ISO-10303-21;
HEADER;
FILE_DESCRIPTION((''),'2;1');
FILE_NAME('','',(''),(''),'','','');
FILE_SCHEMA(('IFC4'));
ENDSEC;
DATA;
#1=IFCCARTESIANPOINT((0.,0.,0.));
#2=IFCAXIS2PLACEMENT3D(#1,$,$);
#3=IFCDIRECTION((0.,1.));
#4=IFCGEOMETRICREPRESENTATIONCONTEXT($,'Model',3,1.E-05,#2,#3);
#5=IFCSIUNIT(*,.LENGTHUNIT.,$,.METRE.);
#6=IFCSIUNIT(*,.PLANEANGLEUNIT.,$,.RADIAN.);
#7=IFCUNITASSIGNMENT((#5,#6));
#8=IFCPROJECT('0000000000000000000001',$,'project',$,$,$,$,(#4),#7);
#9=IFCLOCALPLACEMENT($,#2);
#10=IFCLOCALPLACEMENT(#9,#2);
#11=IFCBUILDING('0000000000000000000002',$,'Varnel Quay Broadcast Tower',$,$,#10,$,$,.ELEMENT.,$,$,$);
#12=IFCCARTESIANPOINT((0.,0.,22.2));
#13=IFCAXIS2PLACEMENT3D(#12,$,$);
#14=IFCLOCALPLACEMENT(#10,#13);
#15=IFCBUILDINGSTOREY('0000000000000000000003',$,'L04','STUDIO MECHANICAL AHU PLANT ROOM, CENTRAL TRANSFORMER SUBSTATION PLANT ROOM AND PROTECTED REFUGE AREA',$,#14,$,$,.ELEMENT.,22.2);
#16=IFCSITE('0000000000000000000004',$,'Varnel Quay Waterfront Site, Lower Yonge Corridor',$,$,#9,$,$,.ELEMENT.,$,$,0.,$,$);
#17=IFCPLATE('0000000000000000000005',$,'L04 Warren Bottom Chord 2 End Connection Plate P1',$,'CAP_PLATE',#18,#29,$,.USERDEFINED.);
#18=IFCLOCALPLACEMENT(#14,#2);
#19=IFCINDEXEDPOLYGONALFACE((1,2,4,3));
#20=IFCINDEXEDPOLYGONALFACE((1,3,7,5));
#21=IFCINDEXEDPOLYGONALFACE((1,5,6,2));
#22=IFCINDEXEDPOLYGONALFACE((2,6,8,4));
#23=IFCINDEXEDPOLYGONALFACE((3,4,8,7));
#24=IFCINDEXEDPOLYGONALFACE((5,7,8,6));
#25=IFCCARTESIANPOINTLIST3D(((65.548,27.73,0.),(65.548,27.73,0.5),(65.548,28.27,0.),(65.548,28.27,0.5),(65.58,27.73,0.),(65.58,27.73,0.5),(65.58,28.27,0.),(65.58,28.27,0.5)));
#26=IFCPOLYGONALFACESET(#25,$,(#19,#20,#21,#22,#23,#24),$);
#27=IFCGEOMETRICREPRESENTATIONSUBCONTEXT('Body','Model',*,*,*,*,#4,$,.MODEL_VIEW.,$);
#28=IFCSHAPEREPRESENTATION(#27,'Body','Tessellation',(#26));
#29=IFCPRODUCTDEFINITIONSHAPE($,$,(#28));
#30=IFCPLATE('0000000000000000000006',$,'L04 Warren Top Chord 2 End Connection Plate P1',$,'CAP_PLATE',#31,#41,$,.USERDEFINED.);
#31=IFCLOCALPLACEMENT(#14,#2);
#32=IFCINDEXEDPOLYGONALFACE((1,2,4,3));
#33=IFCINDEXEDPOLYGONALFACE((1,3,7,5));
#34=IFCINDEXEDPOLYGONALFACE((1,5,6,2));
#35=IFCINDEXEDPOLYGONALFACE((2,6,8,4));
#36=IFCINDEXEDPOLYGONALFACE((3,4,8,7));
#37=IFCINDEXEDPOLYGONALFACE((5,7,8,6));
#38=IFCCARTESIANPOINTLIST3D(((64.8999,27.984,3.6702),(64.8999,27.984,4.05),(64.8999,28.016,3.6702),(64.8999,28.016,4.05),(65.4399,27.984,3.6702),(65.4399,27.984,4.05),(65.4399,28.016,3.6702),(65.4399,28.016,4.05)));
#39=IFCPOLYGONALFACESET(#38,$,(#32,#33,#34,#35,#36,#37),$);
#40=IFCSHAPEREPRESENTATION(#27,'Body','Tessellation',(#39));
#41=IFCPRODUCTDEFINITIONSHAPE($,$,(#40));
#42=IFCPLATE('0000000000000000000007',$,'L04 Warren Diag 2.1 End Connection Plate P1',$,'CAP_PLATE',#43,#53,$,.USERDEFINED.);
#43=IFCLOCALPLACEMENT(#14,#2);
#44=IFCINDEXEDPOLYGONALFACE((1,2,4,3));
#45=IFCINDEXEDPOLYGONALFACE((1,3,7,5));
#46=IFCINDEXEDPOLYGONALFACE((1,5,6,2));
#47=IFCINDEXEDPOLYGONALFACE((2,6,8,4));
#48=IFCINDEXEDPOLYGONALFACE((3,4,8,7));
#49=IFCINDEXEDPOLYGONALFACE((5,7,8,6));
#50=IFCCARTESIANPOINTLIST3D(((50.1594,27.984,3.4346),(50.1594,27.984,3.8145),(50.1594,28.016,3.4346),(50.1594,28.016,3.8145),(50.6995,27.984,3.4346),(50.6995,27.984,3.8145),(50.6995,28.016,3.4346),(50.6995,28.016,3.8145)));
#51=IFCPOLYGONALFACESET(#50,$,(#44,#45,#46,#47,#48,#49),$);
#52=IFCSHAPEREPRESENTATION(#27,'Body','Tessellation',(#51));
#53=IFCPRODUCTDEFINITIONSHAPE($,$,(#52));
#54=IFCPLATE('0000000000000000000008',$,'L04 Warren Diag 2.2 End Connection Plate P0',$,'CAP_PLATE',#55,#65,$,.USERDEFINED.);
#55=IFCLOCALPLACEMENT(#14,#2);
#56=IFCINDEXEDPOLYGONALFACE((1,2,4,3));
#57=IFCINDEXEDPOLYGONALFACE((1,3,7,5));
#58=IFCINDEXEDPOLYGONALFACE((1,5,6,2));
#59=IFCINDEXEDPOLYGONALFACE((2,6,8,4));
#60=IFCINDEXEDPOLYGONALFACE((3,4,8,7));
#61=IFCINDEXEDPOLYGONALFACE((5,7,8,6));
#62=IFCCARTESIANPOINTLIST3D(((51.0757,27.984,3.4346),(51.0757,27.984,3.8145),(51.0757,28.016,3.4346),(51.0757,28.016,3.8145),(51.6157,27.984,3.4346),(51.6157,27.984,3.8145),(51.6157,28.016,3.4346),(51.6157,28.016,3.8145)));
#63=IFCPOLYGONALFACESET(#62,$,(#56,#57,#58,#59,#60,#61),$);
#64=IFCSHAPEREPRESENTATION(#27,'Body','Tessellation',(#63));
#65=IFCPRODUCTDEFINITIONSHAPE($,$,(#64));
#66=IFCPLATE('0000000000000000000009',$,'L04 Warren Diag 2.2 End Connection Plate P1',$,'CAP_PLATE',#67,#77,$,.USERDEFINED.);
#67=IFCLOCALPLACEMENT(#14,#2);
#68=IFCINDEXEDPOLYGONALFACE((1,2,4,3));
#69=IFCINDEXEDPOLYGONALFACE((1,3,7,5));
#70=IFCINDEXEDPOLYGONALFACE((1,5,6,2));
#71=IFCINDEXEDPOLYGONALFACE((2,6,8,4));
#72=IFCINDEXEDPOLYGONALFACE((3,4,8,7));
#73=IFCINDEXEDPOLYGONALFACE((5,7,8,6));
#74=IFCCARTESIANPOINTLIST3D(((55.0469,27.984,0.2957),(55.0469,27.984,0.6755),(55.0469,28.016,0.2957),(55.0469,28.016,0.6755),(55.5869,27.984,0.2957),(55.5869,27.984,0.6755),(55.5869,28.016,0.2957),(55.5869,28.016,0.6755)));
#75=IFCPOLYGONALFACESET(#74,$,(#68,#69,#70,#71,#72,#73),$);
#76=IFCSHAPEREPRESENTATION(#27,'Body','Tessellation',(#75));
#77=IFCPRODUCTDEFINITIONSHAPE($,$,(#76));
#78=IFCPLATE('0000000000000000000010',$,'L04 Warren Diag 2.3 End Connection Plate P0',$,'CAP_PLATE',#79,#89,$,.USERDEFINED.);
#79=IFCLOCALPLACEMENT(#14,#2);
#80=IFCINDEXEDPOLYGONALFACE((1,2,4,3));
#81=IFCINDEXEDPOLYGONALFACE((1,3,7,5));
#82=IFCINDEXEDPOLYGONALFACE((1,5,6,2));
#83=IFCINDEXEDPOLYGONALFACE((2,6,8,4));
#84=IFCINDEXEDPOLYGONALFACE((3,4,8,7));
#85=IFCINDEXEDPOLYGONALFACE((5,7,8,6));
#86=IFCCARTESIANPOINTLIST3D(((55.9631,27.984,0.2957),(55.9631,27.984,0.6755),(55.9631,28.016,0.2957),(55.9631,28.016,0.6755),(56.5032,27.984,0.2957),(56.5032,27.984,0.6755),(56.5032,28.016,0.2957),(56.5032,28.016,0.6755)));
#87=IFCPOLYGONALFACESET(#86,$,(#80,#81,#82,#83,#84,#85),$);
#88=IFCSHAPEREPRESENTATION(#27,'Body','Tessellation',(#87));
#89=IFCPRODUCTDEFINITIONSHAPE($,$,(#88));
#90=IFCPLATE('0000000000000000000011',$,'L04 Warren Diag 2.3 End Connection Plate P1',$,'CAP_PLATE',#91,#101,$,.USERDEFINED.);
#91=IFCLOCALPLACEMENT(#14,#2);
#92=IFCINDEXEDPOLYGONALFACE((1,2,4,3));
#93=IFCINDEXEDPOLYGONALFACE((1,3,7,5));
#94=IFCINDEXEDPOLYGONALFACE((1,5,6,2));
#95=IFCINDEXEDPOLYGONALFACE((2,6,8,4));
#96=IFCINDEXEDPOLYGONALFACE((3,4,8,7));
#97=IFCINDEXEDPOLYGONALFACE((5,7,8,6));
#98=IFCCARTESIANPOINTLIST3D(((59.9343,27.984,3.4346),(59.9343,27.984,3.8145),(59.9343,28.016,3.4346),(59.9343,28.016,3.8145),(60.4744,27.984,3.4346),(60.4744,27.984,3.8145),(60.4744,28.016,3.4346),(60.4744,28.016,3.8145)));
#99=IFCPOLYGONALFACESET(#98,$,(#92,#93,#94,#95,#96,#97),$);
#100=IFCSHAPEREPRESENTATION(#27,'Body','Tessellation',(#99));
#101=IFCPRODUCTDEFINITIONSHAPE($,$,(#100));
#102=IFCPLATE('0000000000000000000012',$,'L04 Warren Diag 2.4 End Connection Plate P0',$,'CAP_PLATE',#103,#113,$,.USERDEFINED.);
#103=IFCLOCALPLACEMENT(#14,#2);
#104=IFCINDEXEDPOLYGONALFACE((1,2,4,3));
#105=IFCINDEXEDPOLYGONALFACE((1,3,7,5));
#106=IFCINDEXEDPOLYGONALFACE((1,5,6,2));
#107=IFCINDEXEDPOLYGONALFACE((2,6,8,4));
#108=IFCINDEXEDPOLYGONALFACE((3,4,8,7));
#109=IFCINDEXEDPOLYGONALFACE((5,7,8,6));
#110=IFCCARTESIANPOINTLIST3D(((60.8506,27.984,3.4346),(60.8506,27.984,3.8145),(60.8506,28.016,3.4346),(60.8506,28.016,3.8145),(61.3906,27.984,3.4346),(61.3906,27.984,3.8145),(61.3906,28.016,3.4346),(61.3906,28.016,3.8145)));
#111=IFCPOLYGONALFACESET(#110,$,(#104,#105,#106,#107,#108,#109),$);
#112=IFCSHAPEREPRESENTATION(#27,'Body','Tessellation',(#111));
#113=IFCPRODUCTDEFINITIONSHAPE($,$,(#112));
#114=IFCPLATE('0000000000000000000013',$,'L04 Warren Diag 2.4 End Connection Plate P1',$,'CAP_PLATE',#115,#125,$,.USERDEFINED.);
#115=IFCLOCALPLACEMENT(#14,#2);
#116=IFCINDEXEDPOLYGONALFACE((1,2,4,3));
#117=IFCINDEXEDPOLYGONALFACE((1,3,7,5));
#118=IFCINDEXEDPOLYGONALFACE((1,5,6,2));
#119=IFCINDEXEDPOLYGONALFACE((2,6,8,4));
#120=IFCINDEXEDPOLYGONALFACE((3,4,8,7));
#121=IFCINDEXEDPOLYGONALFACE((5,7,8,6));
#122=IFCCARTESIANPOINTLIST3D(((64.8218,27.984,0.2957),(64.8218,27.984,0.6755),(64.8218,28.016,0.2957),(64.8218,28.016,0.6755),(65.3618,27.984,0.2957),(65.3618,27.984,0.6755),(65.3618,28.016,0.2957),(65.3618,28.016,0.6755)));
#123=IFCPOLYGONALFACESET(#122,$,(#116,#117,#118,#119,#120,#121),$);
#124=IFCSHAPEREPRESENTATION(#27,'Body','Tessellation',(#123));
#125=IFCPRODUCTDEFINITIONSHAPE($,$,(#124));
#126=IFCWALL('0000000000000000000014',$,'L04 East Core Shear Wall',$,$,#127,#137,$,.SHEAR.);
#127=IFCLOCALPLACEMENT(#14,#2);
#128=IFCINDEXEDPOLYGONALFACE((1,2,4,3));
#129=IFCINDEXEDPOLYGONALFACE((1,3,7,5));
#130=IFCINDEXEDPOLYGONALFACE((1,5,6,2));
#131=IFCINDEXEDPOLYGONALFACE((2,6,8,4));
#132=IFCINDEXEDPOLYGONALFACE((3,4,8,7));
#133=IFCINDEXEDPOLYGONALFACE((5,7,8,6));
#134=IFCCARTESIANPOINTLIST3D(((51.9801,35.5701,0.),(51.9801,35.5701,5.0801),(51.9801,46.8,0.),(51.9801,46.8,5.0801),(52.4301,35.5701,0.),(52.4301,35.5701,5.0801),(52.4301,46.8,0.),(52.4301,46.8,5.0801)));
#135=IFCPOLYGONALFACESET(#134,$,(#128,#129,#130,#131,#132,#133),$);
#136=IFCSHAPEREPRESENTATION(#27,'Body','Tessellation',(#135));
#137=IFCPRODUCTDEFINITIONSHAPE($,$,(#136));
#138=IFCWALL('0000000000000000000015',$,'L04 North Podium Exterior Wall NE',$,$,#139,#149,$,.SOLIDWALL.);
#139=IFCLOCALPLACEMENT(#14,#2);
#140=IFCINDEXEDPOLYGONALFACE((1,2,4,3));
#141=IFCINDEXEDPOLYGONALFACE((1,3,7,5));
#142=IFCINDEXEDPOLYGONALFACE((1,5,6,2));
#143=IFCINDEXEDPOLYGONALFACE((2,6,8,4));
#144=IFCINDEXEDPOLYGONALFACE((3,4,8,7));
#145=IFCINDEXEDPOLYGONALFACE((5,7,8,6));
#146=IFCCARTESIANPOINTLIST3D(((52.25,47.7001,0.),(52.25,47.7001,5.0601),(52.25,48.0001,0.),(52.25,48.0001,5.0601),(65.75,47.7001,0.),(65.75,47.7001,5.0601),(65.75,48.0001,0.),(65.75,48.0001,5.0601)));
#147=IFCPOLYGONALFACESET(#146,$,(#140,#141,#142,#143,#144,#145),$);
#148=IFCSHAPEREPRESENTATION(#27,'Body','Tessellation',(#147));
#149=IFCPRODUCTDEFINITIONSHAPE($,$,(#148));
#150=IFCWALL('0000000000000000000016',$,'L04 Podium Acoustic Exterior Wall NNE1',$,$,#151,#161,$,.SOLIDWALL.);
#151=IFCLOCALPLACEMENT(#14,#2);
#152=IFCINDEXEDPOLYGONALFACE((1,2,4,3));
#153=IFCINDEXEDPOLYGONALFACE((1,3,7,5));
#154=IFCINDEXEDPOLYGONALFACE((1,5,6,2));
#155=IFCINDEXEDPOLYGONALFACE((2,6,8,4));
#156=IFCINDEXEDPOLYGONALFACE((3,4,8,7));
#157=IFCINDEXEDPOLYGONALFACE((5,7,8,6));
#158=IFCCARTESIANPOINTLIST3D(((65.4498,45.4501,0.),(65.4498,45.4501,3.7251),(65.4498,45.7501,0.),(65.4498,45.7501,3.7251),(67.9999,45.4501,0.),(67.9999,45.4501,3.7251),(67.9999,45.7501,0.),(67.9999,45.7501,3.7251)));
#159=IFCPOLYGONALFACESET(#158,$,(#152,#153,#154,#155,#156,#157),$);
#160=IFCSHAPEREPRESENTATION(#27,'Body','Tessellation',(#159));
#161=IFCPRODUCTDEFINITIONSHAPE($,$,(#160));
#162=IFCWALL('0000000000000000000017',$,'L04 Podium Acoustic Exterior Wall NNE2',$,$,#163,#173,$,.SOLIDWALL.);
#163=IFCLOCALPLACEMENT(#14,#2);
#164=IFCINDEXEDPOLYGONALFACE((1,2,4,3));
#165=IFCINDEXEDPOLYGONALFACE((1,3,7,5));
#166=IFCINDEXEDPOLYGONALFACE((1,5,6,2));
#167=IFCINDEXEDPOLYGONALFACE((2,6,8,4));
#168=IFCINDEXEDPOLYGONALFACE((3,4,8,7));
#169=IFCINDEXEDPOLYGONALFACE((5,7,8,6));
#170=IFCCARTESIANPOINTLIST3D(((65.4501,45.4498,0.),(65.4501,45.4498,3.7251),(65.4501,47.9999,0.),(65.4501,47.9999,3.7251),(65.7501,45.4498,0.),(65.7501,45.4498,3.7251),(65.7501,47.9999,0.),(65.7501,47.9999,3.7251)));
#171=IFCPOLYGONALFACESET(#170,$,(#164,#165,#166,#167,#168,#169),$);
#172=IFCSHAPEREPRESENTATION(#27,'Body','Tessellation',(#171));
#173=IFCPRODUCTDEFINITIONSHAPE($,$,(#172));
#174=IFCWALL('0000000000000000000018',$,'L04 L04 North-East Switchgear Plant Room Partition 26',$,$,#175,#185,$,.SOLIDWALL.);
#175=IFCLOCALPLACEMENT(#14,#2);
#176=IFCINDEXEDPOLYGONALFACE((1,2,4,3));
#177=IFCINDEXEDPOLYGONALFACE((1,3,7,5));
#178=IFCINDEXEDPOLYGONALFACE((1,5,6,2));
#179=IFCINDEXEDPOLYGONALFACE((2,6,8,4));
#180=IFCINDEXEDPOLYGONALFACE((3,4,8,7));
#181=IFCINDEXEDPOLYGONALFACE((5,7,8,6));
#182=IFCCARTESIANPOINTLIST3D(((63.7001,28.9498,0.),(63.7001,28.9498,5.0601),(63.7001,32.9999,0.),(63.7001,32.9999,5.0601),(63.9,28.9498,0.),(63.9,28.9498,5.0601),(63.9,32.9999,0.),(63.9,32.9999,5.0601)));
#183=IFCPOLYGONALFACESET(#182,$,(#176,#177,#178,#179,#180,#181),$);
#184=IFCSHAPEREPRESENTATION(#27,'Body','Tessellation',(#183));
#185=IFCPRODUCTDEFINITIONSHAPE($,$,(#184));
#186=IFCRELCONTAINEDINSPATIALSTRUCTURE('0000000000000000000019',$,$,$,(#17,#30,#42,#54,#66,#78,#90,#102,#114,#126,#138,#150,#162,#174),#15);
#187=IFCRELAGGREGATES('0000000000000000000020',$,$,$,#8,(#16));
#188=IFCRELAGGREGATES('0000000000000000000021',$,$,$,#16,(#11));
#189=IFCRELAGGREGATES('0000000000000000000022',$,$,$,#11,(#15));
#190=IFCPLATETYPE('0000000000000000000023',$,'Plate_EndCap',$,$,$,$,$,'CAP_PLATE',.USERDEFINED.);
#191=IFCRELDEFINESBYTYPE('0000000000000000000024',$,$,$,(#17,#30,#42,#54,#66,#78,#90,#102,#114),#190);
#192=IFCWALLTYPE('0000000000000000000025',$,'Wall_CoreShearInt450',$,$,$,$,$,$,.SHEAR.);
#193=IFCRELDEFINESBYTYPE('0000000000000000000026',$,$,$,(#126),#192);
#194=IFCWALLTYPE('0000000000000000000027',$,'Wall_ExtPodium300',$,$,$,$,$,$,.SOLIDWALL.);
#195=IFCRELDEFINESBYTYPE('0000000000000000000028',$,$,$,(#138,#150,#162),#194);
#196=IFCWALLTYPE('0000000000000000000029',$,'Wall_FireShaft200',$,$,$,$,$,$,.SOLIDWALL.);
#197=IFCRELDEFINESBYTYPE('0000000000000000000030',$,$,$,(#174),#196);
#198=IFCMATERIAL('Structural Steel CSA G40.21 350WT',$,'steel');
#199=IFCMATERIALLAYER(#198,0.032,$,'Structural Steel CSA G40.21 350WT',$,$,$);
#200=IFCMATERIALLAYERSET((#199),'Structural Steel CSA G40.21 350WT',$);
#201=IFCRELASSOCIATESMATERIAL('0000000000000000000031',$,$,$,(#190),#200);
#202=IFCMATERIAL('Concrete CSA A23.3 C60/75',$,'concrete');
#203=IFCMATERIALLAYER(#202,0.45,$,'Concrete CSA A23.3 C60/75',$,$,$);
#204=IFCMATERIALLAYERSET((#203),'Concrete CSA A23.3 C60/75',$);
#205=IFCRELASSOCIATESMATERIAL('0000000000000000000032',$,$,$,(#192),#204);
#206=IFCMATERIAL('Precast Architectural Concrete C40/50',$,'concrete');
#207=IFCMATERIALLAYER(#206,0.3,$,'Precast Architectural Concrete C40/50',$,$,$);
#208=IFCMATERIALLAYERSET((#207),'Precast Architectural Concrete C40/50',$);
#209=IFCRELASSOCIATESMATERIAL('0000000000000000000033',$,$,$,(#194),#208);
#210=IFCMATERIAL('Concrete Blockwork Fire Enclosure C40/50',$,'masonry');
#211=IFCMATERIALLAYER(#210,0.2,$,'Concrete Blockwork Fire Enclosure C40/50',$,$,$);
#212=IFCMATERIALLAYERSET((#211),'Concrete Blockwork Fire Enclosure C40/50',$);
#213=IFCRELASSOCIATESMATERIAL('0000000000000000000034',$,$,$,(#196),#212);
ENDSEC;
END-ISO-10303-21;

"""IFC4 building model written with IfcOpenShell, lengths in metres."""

from ifc_helpers import new_model, si_unit, direction, frame, frame_2d, origin, origin_2d, place, context, subcontext, project, spatial, rectangle, extrude, source, transform, mapped, material, layer, layer_set, type_object, type_shapes, element, save


model = new_model("IFC4")

# Units and contexts
model_context = context("Model", 3, precision=1e-05, world=origin(), true_north=direction((0.0, 1.0)))
body_context = subcontext(model_context, "Body", "Model", "MODEL_VIEW")
ifc_project = project(units=[si_unit("LENGTHUNIT", "METRE"), si_unit("PLANEANGLEUNIT", "RADIAN")], contexts=[model_context])

# Site, building, storey
site_placement = place(None, origin())
site = spatial("IfcSite", under=ifc_project, at=site_placement, Name="Varnel Quay Waterfront Site, Lower Yonge Corridor", CompositionType="ELEMENT", RefElevation=0.0)
building_placement = place(site_placement, origin())
building = spatial("IfcBuilding", under=site, at=building_placement, Name="Varnel Quay Broadcast Tower", CompositionType="ELEMENT")
storey_placement = place(building_placement, frame((0.0, 0.0, 22.2)))
storey = spatial("IfcBuildingStorey", under=building, at=storey_placement, Name="L04", Description="STUDIO MECHANICAL AHU PLANT ROOM, CENTRAL TRANSFORMER SUBSTATION PLANT ROOM AND PROTECTED REFUGE AREA", CompositionType="ELEMENT", Elevation=22.2)

# Shared definitions
ifc_material_1 = material(Name="Structural Steel CSA G40.21 350WT", Category="steel")

# Plates
ifc_layer_1 = layer(ifc_material_1, 0.032, Name="Structural Steel CSA G40.21 350WT")
ifc_layer_set_1 = layer_set([ifc_layer_1], Name="Structural Steel CSA G40.21 350WT")
plate_type = type_object("IfcPlateType", Name="Plate_EndCap", ElementType="CAP_PLATE", PredefinedType="USERDEFINED", material=ifc_layer_set_1)
shared_shape_1 = source(origin(), body_context, "Body", "SweptSolid", [
    extrude(rectangle(XDim=0.54, YDim=0.032, at=origin_2d()), origin(), (0.0, 0.0, 1.0), 0.5),
])
plate_placement = place(storey_placement, frame((65.564, 28.0, 0.0), z_axis=(0.0, 0.0, 1.0), x_axis=(0.0, 1.0, 0.0)))
element("IfcPlate", 1, at=plate_placement, inside=storey, type_object=plate_type, Name="L04 Warren Bottom Chord 2 End Connection Plate P1", ObjectType="CAP_PLATE", PredefinedType="USERDEFINED", context=body_context, shape_type="MappedRepresentation", body=[
    mapped(shared_shape_1, transform((0.0, 0.0, 0.0), x_axis=(1.0, 0.0, 0.0), y_axis=(0.0, 1.0, 0.0), z_axis=(0.0, 0.0, 1.0), scale=1.0)),
])
shared_shape_2 = source(origin(), body_context, "Body", "SweptSolid", [
    extrude(rectangle(XDim=0.54, YDim=0.032, at=origin_2d()), origin(), (0.0, 0.0, 1.0), 0.3799),
])
type_shapes(plate_type, [shared_shape_1, shared_shape_2])
for number, where, z_axis, x_axis, name in (
    (2, (65.1699, 28.0, 3.6702), (0.0, 0.0, 1.0), (1.0, 0.0, 0.0), "L04 Warren Top Chord 2 End Connection Plate P1"),
    (3, (50.4294, 28.0, 3.4346), (0.0, 0.0, 1.0), (1.0, 0.0, 0.0), "L04 Warren Diag 2.1 End Connection Plate P1"),
    (4, (51.3457, 28.0, 3.4346), (0.0, 0.0, 1.0), (1.0, 0.0, 0.0), "L04 Warren Diag 2.2 End Connection Plate P0"),
    (5, (55.3169, 28.0, 0.2957), (0.0, 0.0, 1.0), (1.0, 0.0, 0.0), "L04 Warren Diag 2.2 End Connection Plate P1"),
    (6, (56.2332, 28.0, 0.2957), (0.0, 0.0, 1.0), (1.0, 0.0, 0.0), "L04 Warren Diag 2.3 End Connection Plate P0"),
    (7, (60.2043, 28.0, 3.4346), (0.0, 0.0, 1.0), (1.0, 0.0, 0.0), "L04 Warren Diag 2.3 End Connection Plate P1"),
    (8, (61.1206, 28.0, 3.4346), (0.0, 0.0, 1.0), (1.0, 0.0, 0.0), "L04 Warren Diag 2.4 End Connection Plate P0"),
    (9, (65.0918, 28.0, 0.2957), (0.0, 0.0, 1.0), (1.0, 0.0, 0.0), "L04 Warren Diag 2.4 End Connection Plate P1"),
):
    element("IfcPlate", number, at=place(storey_placement, frame(where, z_axis=z_axis, x_axis=x_axis)), inside=storey, type_object=plate_type, Name=name, ObjectType="CAP_PLATE", PredefinedType="USERDEFINED", context=body_context, shape_type="MappedRepresentation", body=[
        mapped(shared_shape_2, transform((0.0, 0.0, 0.0), x_axis=(1.0, 0.0, 0.0), y_axis=(0.0, 1.0, 0.0), z_axis=(0.0, 0.0, 1.0), scale=1.0)),
    ])

# Walls
ifc_material_2 = material(Name="Concrete CSA A23.3 C60/75", Category="concrete")
ifc_layer_2 = layer(ifc_material_2, 0.45, Name="Concrete CSA A23.3 C60/75")
ifc_layer_set_2 = layer_set([ifc_layer_2], Name="Concrete CSA A23.3 C60/75")
wall_type_1 = type_object("IfcWallType", Name="Wall_CoreShearInt450", PredefinedType="SHEAR", material=ifc_layer_set_2)
wall_1_placement = place(storey_placement, frame((52.2051, 35.5701, 0.0), z_axis=(0.0, 0.0, 1.0), x_axis=(0.0, 1.0, 0.0)))
element("IfcWall", 10, at=wall_1_placement, inside=storey, type_object=wall_type_1, Name="L04 East Core Shear Wall", PredefinedType="SHEAR", context=body_context, shape_type="SweptSolid", body=[
    extrude(rectangle(XDim=11.23, YDim=0.45, at=frame_2d((5.615, 0.0))), origin(), (0.0, 0.0, 1.0), 5.0801),
])
ifc_material_3 = material(Name="Precast Architectural Concrete C40/50", Category="concrete")
ifc_layer_3 = layer(ifc_material_3, 0.3, Name="Precast Architectural Concrete C40/50")
ifc_layer_set_3 = layer_set([ifc_layer_3], Name="Precast Architectural Concrete C40/50")
wall_type_2 = type_object("IfcWallType", Name="Wall_ExtPodium300", PredefinedType="SOLIDWALL", material=ifc_layer_set_3)
wall_2_placement = place(storey_placement, frame((52.25, 47.8501, 0.0), z_axis=(0.0, 0.0, 1.0), x_axis=(1.0, 0.0, 0.0)))
element("IfcWall", 11, at=wall_2_placement, inside=storey, type_object=wall_type_2, Name="L04 North Podium Exterior Wall NE", PredefinedType="SOLIDWALL", context=body_context, shape_type="SweptSolid", body=[
    extrude(rectangle(XDim=13.5, YDim=0.3, at=frame_2d((6.75, 0.0))), origin(), (0.0, 0.0, 1.0), 5.0601),
])
for number, where, z_axis, x_axis, name in (
    (12, (65.45, 45.6001, 0.0), (0.0, 0.0, 1.0), (1.0, 0.0, 0.0), "L04 Podium Acoustic Exterior Wall NNE1"),
    (13, (65.6001, 45.45, 0.0), (0.0, 0.0, 1.0), (0.0, 1.0, 0.0), "L04 Podium Acoustic Exterior Wall NNE2"),
):
    element("IfcWall", number, at=place(storey_placement, frame(where, z_axis=z_axis, x_axis=x_axis)), inside=storey, type_object=wall_type_2, Name=name, PredefinedType="SOLIDWALL", context=body_context, shape_type="SweptSolid", body=[
        extrude(rectangle(XDim=2.55, YDim=0.3, at=frame_2d((1.2749, 0.0))), origin(), (0.0, 0.0, 1.0), 3.7251),
    ])
ifc_material_4 = material(Name="Concrete Blockwork Fire Enclosure C40/50", Category="masonry")
ifc_layer_4 = layer(ifc_material_4, 0.2, Name="Concrete Blockwork Fire Enclosure C40/50")
ifc_layer_set_4 = layer_set([ifc_layer_4], Name="Concrete Blockwork Fire Enclosure C40/50")
wall_type_3 = type_object("IfcWallType", Name="Wall_FireShaft200", PredefinedType="SOLIDWALL", material=ifc_layer_set_4)
wall_3_placement = place(storey_placement, frame((63.8, 28.95, 0.0), z_axis=(0.0, 0.0, 1.0), x_axis=(0.0, 1.0, 0.0)))
element("IfcWall", 14, at=wall_3_placement, inside=storey, type_object=wall_type_3, Name="L04 L04 North-East Switchgear Plant Room Partition 26", PredefinedType="SOLIDWALL", context=body_context, shape_type="SweptSolid", body=[
    extrude(rectangle(XDim=4.05, YDim=0.2, at=frame_2d((2.0249, 0.0))), origin(), (0.0, 0.0, 1.0), 5.0601),
])

save(model, "model.ifc")
